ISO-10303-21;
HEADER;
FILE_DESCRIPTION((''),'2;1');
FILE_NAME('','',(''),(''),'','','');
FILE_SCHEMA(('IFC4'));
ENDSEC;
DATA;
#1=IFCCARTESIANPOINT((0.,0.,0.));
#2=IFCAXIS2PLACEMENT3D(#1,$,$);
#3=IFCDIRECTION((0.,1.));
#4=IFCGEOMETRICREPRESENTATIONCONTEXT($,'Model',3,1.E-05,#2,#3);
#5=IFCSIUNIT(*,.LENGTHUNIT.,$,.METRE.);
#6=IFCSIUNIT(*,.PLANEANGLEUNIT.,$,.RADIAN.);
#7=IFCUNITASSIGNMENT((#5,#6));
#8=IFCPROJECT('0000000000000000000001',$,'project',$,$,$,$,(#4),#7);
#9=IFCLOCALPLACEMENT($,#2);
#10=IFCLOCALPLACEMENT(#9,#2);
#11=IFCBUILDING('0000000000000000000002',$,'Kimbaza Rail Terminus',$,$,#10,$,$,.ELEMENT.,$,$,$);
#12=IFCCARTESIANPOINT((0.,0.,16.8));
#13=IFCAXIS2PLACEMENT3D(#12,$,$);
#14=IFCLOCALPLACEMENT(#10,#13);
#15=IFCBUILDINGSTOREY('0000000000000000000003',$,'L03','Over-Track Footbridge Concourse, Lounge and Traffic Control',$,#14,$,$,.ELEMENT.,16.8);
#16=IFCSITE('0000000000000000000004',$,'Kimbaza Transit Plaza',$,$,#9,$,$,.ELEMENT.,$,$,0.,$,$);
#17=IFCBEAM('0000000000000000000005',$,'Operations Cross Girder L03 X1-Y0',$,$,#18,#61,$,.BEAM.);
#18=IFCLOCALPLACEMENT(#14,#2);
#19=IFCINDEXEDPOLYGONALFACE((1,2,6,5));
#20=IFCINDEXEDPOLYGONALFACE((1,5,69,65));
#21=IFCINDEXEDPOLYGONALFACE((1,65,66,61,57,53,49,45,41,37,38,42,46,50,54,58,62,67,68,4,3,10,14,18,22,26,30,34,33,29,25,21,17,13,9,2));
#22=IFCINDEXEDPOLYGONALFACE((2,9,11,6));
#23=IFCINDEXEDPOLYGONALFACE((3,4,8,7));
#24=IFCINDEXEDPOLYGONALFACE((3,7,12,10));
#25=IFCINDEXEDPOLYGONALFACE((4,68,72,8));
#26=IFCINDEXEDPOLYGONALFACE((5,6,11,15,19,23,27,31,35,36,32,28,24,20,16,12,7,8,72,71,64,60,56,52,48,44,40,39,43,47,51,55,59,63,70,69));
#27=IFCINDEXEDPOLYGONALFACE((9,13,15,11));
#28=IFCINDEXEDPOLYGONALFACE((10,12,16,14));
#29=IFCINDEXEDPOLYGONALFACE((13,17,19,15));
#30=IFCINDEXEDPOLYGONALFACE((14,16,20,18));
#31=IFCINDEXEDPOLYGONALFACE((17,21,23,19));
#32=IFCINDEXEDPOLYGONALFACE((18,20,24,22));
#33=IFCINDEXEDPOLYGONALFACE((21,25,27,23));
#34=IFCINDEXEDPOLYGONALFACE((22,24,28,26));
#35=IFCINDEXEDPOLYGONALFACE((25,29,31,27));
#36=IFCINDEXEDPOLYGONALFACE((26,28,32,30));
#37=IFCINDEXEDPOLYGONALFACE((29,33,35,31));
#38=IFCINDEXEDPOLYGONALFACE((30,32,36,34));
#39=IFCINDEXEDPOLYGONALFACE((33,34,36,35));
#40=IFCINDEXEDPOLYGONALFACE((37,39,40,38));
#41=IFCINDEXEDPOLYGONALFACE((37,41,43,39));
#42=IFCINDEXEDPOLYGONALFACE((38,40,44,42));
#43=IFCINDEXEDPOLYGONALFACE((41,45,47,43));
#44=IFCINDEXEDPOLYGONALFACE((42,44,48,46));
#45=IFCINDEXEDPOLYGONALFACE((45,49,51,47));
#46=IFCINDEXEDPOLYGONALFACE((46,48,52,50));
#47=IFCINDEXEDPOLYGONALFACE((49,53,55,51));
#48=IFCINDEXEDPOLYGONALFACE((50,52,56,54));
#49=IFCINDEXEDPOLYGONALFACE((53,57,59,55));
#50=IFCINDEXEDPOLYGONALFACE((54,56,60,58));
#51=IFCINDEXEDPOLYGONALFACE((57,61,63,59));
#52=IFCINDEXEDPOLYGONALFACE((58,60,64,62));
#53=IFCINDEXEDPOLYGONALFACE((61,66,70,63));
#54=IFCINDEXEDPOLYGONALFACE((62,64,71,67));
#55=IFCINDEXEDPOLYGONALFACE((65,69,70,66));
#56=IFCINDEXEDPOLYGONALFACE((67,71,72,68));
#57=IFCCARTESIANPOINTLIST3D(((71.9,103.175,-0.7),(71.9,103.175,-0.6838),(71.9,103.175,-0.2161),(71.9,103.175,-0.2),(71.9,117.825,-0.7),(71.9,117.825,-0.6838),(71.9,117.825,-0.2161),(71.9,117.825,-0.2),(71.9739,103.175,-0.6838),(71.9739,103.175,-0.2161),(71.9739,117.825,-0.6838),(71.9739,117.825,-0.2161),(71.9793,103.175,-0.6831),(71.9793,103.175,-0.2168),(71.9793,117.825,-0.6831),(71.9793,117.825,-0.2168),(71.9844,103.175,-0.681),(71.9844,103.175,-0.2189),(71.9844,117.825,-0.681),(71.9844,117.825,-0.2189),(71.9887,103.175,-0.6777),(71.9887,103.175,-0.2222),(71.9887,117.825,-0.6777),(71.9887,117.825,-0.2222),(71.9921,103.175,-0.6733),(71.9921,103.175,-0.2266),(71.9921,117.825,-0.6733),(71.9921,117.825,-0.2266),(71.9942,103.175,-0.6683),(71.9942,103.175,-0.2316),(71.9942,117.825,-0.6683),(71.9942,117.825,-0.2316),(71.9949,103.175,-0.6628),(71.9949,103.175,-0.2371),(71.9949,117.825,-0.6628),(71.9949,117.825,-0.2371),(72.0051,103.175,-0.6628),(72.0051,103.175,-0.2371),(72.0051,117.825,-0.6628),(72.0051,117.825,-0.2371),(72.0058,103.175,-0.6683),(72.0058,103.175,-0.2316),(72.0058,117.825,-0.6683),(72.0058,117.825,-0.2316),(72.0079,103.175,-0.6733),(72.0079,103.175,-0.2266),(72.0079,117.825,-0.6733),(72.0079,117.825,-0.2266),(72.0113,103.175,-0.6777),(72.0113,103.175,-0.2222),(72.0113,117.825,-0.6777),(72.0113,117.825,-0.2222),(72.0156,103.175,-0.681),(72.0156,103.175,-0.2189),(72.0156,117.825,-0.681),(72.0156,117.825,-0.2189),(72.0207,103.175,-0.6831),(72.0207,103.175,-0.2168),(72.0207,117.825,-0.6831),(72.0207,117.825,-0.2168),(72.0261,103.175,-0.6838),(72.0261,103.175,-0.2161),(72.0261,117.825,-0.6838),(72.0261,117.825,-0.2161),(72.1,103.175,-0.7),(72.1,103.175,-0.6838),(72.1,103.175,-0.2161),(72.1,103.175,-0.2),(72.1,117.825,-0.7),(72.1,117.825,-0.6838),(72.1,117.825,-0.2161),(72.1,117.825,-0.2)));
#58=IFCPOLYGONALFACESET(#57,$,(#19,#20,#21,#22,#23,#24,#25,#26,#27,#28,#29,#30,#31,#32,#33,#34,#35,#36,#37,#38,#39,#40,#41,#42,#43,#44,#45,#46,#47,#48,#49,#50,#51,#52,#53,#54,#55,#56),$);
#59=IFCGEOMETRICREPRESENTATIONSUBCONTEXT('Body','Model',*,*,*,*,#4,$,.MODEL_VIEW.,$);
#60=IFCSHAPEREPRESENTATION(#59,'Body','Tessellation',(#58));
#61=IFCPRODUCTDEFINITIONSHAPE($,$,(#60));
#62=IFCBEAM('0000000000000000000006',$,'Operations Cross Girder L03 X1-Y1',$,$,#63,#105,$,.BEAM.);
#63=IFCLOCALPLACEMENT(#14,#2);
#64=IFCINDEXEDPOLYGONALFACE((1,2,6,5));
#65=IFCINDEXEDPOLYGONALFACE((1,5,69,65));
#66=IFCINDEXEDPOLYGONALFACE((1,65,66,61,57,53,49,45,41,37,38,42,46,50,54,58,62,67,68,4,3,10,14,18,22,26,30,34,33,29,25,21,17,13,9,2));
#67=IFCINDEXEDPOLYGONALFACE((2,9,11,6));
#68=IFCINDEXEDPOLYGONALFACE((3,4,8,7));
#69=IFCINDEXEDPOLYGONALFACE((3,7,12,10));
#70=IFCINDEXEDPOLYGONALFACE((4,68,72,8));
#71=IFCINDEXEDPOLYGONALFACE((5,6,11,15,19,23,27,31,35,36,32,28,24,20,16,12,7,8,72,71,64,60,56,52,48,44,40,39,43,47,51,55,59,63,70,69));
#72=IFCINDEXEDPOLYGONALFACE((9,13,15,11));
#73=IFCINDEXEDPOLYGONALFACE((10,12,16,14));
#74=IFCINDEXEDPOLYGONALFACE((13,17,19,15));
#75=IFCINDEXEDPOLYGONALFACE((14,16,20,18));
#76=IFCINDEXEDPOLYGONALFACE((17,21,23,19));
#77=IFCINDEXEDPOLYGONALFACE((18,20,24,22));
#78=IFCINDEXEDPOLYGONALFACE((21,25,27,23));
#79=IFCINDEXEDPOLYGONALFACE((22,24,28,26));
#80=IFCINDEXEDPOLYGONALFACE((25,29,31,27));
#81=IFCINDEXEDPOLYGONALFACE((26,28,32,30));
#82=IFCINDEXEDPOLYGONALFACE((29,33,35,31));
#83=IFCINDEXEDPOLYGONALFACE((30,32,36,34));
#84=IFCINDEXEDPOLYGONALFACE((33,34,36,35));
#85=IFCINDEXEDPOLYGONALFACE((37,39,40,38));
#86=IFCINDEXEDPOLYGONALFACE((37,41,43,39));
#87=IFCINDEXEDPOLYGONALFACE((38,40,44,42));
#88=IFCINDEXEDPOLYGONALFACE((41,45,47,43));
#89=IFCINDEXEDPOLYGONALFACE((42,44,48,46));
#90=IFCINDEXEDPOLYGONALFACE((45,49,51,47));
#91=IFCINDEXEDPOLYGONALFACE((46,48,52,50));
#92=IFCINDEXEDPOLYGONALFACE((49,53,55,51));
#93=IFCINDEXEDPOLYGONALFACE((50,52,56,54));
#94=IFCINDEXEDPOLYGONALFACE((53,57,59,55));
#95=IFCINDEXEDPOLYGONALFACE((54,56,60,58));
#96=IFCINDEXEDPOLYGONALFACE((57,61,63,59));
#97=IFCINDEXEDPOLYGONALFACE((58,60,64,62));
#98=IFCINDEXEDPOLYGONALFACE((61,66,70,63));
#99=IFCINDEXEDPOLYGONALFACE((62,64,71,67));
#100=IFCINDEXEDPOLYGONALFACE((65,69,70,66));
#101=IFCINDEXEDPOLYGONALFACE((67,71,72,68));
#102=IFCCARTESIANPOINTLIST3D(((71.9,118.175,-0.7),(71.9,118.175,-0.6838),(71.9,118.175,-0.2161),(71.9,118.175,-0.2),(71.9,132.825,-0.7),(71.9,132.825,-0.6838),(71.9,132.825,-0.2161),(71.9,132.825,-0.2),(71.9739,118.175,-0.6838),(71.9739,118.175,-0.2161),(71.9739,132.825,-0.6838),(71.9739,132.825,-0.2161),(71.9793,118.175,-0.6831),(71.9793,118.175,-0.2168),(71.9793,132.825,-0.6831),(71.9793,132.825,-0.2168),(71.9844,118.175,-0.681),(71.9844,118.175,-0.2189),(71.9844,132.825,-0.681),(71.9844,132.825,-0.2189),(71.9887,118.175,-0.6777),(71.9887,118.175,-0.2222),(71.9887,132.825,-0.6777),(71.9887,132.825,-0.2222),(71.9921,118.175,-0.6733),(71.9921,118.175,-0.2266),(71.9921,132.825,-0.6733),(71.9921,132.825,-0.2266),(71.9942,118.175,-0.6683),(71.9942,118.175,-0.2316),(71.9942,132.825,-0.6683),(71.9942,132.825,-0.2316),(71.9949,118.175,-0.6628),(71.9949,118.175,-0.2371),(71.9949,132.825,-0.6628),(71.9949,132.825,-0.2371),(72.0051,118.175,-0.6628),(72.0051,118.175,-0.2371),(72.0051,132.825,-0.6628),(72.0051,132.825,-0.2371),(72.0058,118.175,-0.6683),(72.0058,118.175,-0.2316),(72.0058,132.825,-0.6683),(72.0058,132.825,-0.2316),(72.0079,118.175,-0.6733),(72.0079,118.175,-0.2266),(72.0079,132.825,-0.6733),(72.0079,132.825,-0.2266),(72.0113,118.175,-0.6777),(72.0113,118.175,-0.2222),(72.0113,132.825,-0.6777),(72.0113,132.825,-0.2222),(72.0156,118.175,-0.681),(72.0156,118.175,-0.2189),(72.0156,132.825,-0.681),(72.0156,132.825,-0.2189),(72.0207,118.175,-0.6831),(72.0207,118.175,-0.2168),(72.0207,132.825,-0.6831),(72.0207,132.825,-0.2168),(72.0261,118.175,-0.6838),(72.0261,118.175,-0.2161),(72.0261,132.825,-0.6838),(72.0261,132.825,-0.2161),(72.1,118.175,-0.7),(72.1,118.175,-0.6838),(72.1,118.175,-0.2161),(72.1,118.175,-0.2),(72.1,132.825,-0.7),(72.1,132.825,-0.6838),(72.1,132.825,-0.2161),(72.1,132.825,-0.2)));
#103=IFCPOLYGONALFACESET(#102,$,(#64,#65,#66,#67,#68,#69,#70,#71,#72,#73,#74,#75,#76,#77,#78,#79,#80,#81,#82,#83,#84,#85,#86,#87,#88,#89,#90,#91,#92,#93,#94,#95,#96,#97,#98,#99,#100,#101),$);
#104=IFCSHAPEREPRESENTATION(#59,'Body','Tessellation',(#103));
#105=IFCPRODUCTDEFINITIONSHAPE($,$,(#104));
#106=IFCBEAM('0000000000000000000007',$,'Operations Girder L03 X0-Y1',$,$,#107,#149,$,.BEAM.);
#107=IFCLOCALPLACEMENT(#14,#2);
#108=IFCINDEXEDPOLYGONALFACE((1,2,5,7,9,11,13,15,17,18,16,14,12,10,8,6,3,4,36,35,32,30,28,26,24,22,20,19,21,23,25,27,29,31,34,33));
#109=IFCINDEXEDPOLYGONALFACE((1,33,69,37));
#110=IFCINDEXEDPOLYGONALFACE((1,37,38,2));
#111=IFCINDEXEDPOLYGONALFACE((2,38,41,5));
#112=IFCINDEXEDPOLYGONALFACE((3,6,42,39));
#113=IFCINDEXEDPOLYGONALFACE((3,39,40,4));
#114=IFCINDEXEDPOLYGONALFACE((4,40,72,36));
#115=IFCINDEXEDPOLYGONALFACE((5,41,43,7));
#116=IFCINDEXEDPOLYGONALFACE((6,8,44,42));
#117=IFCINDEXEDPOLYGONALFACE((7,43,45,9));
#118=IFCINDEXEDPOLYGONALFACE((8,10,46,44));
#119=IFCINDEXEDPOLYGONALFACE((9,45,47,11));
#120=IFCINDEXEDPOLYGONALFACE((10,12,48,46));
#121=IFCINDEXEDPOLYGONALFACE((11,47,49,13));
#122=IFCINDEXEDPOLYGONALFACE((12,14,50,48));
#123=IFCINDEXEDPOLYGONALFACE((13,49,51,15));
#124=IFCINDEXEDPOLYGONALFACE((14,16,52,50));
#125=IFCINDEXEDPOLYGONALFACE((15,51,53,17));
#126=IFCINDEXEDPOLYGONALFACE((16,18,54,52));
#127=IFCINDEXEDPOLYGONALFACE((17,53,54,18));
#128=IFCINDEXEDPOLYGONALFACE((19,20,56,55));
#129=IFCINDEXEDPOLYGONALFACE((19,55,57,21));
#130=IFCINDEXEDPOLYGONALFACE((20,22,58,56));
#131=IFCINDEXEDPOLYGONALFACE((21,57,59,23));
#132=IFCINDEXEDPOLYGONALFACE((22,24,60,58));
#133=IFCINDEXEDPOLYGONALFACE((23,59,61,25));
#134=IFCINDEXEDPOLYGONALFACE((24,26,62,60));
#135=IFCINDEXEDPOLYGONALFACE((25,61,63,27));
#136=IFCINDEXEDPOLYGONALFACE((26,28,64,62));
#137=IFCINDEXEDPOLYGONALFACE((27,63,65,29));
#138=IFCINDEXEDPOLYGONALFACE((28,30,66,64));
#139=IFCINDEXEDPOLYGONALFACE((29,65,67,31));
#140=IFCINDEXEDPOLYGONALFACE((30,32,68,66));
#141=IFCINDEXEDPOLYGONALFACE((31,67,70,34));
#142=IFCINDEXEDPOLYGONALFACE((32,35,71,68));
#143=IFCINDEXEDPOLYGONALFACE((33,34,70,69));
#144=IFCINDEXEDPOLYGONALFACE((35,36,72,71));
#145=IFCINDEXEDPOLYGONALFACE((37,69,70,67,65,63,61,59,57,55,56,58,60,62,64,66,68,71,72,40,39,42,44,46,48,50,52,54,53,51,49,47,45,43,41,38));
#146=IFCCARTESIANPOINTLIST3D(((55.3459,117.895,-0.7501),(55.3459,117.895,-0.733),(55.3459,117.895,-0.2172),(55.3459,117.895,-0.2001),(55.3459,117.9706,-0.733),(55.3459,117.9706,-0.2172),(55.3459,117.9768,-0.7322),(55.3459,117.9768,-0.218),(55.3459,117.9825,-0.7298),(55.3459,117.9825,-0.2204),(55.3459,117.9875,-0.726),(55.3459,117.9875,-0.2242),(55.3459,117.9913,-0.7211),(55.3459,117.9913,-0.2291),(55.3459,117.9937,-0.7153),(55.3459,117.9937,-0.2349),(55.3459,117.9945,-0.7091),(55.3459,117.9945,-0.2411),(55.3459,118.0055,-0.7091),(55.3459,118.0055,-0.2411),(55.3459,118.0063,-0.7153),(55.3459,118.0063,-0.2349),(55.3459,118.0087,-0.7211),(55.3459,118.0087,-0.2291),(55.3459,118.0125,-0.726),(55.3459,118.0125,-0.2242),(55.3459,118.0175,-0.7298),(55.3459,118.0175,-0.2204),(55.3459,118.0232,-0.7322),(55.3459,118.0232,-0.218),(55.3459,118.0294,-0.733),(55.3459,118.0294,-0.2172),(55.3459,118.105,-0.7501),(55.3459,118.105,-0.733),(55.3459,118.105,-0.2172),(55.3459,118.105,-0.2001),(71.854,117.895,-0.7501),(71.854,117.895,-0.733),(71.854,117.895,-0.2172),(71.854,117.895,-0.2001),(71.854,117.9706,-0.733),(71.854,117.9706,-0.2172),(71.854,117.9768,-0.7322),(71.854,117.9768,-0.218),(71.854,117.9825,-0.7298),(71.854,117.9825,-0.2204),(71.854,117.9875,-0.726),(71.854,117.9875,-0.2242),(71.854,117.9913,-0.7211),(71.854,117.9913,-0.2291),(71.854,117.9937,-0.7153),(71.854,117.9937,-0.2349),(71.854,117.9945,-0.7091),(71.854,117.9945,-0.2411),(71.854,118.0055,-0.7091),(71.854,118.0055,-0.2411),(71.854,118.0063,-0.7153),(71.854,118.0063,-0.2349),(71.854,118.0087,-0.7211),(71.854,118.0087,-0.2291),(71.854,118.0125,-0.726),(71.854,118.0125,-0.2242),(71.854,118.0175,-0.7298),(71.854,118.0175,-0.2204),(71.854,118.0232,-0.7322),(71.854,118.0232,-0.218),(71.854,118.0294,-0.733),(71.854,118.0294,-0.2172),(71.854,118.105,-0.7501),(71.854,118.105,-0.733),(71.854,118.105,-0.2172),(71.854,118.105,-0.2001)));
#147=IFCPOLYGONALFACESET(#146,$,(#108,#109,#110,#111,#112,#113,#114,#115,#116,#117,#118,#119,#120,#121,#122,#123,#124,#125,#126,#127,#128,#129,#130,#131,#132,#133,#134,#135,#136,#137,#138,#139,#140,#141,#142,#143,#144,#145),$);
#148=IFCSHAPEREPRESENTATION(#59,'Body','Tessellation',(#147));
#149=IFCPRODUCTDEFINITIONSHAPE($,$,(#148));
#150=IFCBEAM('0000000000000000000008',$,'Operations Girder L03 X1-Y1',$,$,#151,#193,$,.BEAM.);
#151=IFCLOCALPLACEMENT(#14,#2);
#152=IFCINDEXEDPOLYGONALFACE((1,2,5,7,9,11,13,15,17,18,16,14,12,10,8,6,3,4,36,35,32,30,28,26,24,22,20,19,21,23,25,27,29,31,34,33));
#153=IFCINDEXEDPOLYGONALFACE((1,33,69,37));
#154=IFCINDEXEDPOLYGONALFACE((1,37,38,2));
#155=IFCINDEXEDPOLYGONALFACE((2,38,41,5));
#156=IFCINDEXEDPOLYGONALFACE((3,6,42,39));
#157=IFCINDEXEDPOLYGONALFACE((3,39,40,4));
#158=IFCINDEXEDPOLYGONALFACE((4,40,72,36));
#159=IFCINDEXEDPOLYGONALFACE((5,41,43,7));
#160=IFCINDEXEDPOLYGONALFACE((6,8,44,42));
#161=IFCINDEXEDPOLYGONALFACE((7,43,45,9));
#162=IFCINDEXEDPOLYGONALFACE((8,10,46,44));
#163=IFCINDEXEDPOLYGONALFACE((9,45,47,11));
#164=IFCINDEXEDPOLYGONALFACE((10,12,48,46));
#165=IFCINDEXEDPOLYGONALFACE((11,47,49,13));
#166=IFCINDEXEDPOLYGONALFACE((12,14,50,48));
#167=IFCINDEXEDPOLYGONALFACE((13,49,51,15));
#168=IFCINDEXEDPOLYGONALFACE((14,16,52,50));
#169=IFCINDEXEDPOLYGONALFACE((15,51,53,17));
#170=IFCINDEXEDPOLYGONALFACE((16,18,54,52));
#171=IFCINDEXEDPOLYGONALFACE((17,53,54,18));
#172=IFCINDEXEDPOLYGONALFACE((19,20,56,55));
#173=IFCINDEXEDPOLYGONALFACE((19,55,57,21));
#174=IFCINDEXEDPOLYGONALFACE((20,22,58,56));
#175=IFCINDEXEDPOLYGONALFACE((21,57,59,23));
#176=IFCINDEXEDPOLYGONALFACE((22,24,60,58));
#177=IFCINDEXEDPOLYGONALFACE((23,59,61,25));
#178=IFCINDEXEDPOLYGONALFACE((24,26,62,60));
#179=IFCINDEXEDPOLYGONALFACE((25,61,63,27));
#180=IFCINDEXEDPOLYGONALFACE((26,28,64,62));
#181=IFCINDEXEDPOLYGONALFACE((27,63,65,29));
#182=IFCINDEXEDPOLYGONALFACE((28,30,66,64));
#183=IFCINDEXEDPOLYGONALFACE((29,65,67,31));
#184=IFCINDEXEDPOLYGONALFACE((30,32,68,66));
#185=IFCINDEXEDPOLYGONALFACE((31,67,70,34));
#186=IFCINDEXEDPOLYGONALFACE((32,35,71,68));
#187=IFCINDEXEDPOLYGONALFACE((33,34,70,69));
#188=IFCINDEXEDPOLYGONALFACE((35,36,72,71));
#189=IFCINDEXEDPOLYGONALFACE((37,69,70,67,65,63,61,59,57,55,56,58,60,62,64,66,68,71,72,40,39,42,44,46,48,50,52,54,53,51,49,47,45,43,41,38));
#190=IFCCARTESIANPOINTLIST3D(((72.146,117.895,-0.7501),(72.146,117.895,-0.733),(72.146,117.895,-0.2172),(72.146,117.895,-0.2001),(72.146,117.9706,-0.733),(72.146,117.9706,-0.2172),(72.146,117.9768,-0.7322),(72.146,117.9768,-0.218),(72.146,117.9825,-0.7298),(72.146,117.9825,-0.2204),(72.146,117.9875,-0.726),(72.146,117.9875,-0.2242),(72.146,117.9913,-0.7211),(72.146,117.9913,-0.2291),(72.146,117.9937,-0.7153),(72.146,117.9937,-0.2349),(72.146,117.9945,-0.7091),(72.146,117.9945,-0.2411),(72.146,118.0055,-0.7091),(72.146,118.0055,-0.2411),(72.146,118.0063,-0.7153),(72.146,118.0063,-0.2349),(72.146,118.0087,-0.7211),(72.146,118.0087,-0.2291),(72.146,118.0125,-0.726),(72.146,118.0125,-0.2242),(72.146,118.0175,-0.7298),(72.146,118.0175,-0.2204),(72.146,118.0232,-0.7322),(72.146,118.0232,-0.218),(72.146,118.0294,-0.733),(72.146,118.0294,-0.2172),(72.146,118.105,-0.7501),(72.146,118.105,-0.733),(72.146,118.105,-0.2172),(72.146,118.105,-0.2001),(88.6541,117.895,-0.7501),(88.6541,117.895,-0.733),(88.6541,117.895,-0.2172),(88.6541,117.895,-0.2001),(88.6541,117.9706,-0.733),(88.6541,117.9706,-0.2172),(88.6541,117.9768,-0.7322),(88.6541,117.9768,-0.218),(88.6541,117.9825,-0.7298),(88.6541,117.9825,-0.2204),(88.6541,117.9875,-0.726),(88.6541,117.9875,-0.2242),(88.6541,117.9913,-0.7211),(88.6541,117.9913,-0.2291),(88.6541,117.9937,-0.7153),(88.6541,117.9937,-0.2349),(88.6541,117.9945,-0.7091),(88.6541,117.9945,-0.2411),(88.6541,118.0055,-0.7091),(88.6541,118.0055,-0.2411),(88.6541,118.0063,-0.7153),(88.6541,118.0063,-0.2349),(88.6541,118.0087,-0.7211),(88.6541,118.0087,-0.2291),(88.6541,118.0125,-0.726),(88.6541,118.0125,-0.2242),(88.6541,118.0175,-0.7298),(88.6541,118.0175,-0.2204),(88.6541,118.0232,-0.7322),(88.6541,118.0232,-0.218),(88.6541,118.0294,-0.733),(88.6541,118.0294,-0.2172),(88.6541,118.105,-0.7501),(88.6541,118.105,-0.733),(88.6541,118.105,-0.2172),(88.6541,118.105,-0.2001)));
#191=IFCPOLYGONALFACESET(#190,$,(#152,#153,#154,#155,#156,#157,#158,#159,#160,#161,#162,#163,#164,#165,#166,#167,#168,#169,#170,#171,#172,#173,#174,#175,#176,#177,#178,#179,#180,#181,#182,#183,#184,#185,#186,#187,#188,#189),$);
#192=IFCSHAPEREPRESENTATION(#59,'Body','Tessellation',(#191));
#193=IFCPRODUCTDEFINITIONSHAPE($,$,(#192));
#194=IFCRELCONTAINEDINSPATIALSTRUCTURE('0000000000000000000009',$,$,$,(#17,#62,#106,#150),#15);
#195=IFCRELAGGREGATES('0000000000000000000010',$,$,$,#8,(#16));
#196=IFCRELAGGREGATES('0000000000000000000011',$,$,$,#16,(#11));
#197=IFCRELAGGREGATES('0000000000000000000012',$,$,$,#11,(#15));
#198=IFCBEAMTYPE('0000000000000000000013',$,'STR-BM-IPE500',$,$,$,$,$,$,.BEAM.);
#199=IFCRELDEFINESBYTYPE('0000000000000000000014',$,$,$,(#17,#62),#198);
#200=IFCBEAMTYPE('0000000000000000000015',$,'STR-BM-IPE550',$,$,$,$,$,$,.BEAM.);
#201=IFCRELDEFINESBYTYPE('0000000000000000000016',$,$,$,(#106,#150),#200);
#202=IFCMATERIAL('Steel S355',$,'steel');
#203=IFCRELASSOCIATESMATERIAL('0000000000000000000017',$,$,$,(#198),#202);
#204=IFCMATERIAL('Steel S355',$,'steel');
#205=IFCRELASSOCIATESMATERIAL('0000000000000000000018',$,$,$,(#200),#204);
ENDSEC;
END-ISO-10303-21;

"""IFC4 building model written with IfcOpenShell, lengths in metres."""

from ifc_helpers import new_model, si_unit, direction, frame, origin, origin_2d, place, context, subcontext, project, spatial, i_section, extrude, material, material_profile, profile_set, type_object, element, save


model = new_model("IFC4")

# Units and contexts
model_context = context("Model", 3, precision=1e-05, world=origin(), true_north=direction((0.0, 1.0)))
body_context = subcontext(model_context, "Body", "Model", "MODEL_VIEW")
ifc_project = project(units=[si_unit("LENGTHUNIT", "METRE"), si_unit("PLANEANGLEUNIT", "RADIAN")], contexts=[model_context])

# Site, building, storey
site_placement = place(None, origin())
site = spatial("IfcSite", under=ifc_project, at=site_placement, Name="Kimbaza Transit Plaza", CompositionType="ELEMENT", RefElevation=0.0)
building_placement = place(site_placement, origin())
building = spatial("IfcBuilding", under=site, at=building_placement, Name="Kimbaza Rail Terminus", CompositionType="ELEMENT")
storey_placement = place(building_placement, frame((0.0, 0.0, 16.8)))
storey = spatial("IfcBuildingStorey", under=building, at=storey_placement, Name="L03", Description="Over-Track Footbridge Concourse, Lounge and Traffic Control", CompositionType="ELEMENT", Elevation=16.8)

# Beams
ifc_material_1 = material(Name="Steel S355", Category="steel")
ifc_material_profile_1 = material_profile(ifc_material_1, i_section(OverallWidth=0.2, OverallDepth=0.5, WebThickness=0.0103, FlangeThickness=0.0161, FilletRadius=0.021, at=origin_2d()), Name="IPE 500")
ifc_profile_set_1 = profile_set([ifc_material_profile_1], Name="Steel S355")
beam_type_1 = type_object("IfcBeamType", Name="STR-BM-IPE500", PredefinedType="BEAM", material=ifc_profile_set_1)
for number, where, z_axis, x_axis, name in (
    (1, (72.0, 103.175, -0.45), (0.0, 1.0, 0.0), (-1.0, 0.0, 0.0), "Operations Cross Girder L03 X1-Y0"),
    (2, (72.0, 118.175, -0.45), (0.0, 1.0, 0.0), (-1.0, 0.0, 0.0), "Operations Cross Girder L03 X1-Y1"),
):
    element("IfcBeam", number, at=place(storey_placement, frame(where, z_axis=z_axis, x_axis=x_axis)), inside=storey, type_object=beam_type_1, Name=name, PredefinedType="BEAM", context=body_context, shape_type="SweptSolid", body=[
        extrude(i_section(OverallWidth=0.2, OverallDepth=0.5, WebThickness=0.0103, FlangeThickness=0.0161, FilletRadius=0.021, at=origin_2d()), origin(), (0.0, 0.0, 1.0), 14.6499),
    ])
ifc_material_2 = material(Name="Steel S355", Category="steel")
ifc_material_profile_2 = material_profile(ifc_material_2, i_section(OverallWidth=0.21, OverallDepth=0.55, WebThickness=0.011, FlangeThickness=0.0171, FilletRadius=0.0239, at=origin_2d()), Name="IPE 550")
ifc_profile_set_2 = profile_set([ifc_material_profile_2], Name="Steel S355")
beam_type_2 = type_object("IfcBeamType", Name="STR-BM-IPE550", PredefinedType="BEAM", material=ifc_profile_set_2)
for number, where, z_axis, x_axis, name in (
    (3, (55.3459, 118.0, -0.4751), (1.0, 0.0, 0.0), (0.0, 1.0, 0.0), "Operations Girder L03 X0-Y1"),
    (4, (72.146, 118.0, -0.4751), (1.0, 0.0, 0.0), (0.0, 1.0, 0.0), "Operations Girder L03 X1-Y1"),
):
    element("IfcBeam", number, at=place(storey_placement, frame(where, z_axis=z_axis, x_axis=x_axis)), inside=storey, type_object=beam_type_2, Name=name, PredefinedType="BEAM", context=body_context, shape_type="SweptSolid", body=[
        extrude(i_section(OverallWidth=0.21, OverallDepth=0.55, WebThickness=0.011, FlangeThickness=0.0171, FilletRadius=0.0239, at=origin_2d()), origin(), (0.0, 0.0, 1.0), 16.5081),
    ])

save(model, "model.ifc")
